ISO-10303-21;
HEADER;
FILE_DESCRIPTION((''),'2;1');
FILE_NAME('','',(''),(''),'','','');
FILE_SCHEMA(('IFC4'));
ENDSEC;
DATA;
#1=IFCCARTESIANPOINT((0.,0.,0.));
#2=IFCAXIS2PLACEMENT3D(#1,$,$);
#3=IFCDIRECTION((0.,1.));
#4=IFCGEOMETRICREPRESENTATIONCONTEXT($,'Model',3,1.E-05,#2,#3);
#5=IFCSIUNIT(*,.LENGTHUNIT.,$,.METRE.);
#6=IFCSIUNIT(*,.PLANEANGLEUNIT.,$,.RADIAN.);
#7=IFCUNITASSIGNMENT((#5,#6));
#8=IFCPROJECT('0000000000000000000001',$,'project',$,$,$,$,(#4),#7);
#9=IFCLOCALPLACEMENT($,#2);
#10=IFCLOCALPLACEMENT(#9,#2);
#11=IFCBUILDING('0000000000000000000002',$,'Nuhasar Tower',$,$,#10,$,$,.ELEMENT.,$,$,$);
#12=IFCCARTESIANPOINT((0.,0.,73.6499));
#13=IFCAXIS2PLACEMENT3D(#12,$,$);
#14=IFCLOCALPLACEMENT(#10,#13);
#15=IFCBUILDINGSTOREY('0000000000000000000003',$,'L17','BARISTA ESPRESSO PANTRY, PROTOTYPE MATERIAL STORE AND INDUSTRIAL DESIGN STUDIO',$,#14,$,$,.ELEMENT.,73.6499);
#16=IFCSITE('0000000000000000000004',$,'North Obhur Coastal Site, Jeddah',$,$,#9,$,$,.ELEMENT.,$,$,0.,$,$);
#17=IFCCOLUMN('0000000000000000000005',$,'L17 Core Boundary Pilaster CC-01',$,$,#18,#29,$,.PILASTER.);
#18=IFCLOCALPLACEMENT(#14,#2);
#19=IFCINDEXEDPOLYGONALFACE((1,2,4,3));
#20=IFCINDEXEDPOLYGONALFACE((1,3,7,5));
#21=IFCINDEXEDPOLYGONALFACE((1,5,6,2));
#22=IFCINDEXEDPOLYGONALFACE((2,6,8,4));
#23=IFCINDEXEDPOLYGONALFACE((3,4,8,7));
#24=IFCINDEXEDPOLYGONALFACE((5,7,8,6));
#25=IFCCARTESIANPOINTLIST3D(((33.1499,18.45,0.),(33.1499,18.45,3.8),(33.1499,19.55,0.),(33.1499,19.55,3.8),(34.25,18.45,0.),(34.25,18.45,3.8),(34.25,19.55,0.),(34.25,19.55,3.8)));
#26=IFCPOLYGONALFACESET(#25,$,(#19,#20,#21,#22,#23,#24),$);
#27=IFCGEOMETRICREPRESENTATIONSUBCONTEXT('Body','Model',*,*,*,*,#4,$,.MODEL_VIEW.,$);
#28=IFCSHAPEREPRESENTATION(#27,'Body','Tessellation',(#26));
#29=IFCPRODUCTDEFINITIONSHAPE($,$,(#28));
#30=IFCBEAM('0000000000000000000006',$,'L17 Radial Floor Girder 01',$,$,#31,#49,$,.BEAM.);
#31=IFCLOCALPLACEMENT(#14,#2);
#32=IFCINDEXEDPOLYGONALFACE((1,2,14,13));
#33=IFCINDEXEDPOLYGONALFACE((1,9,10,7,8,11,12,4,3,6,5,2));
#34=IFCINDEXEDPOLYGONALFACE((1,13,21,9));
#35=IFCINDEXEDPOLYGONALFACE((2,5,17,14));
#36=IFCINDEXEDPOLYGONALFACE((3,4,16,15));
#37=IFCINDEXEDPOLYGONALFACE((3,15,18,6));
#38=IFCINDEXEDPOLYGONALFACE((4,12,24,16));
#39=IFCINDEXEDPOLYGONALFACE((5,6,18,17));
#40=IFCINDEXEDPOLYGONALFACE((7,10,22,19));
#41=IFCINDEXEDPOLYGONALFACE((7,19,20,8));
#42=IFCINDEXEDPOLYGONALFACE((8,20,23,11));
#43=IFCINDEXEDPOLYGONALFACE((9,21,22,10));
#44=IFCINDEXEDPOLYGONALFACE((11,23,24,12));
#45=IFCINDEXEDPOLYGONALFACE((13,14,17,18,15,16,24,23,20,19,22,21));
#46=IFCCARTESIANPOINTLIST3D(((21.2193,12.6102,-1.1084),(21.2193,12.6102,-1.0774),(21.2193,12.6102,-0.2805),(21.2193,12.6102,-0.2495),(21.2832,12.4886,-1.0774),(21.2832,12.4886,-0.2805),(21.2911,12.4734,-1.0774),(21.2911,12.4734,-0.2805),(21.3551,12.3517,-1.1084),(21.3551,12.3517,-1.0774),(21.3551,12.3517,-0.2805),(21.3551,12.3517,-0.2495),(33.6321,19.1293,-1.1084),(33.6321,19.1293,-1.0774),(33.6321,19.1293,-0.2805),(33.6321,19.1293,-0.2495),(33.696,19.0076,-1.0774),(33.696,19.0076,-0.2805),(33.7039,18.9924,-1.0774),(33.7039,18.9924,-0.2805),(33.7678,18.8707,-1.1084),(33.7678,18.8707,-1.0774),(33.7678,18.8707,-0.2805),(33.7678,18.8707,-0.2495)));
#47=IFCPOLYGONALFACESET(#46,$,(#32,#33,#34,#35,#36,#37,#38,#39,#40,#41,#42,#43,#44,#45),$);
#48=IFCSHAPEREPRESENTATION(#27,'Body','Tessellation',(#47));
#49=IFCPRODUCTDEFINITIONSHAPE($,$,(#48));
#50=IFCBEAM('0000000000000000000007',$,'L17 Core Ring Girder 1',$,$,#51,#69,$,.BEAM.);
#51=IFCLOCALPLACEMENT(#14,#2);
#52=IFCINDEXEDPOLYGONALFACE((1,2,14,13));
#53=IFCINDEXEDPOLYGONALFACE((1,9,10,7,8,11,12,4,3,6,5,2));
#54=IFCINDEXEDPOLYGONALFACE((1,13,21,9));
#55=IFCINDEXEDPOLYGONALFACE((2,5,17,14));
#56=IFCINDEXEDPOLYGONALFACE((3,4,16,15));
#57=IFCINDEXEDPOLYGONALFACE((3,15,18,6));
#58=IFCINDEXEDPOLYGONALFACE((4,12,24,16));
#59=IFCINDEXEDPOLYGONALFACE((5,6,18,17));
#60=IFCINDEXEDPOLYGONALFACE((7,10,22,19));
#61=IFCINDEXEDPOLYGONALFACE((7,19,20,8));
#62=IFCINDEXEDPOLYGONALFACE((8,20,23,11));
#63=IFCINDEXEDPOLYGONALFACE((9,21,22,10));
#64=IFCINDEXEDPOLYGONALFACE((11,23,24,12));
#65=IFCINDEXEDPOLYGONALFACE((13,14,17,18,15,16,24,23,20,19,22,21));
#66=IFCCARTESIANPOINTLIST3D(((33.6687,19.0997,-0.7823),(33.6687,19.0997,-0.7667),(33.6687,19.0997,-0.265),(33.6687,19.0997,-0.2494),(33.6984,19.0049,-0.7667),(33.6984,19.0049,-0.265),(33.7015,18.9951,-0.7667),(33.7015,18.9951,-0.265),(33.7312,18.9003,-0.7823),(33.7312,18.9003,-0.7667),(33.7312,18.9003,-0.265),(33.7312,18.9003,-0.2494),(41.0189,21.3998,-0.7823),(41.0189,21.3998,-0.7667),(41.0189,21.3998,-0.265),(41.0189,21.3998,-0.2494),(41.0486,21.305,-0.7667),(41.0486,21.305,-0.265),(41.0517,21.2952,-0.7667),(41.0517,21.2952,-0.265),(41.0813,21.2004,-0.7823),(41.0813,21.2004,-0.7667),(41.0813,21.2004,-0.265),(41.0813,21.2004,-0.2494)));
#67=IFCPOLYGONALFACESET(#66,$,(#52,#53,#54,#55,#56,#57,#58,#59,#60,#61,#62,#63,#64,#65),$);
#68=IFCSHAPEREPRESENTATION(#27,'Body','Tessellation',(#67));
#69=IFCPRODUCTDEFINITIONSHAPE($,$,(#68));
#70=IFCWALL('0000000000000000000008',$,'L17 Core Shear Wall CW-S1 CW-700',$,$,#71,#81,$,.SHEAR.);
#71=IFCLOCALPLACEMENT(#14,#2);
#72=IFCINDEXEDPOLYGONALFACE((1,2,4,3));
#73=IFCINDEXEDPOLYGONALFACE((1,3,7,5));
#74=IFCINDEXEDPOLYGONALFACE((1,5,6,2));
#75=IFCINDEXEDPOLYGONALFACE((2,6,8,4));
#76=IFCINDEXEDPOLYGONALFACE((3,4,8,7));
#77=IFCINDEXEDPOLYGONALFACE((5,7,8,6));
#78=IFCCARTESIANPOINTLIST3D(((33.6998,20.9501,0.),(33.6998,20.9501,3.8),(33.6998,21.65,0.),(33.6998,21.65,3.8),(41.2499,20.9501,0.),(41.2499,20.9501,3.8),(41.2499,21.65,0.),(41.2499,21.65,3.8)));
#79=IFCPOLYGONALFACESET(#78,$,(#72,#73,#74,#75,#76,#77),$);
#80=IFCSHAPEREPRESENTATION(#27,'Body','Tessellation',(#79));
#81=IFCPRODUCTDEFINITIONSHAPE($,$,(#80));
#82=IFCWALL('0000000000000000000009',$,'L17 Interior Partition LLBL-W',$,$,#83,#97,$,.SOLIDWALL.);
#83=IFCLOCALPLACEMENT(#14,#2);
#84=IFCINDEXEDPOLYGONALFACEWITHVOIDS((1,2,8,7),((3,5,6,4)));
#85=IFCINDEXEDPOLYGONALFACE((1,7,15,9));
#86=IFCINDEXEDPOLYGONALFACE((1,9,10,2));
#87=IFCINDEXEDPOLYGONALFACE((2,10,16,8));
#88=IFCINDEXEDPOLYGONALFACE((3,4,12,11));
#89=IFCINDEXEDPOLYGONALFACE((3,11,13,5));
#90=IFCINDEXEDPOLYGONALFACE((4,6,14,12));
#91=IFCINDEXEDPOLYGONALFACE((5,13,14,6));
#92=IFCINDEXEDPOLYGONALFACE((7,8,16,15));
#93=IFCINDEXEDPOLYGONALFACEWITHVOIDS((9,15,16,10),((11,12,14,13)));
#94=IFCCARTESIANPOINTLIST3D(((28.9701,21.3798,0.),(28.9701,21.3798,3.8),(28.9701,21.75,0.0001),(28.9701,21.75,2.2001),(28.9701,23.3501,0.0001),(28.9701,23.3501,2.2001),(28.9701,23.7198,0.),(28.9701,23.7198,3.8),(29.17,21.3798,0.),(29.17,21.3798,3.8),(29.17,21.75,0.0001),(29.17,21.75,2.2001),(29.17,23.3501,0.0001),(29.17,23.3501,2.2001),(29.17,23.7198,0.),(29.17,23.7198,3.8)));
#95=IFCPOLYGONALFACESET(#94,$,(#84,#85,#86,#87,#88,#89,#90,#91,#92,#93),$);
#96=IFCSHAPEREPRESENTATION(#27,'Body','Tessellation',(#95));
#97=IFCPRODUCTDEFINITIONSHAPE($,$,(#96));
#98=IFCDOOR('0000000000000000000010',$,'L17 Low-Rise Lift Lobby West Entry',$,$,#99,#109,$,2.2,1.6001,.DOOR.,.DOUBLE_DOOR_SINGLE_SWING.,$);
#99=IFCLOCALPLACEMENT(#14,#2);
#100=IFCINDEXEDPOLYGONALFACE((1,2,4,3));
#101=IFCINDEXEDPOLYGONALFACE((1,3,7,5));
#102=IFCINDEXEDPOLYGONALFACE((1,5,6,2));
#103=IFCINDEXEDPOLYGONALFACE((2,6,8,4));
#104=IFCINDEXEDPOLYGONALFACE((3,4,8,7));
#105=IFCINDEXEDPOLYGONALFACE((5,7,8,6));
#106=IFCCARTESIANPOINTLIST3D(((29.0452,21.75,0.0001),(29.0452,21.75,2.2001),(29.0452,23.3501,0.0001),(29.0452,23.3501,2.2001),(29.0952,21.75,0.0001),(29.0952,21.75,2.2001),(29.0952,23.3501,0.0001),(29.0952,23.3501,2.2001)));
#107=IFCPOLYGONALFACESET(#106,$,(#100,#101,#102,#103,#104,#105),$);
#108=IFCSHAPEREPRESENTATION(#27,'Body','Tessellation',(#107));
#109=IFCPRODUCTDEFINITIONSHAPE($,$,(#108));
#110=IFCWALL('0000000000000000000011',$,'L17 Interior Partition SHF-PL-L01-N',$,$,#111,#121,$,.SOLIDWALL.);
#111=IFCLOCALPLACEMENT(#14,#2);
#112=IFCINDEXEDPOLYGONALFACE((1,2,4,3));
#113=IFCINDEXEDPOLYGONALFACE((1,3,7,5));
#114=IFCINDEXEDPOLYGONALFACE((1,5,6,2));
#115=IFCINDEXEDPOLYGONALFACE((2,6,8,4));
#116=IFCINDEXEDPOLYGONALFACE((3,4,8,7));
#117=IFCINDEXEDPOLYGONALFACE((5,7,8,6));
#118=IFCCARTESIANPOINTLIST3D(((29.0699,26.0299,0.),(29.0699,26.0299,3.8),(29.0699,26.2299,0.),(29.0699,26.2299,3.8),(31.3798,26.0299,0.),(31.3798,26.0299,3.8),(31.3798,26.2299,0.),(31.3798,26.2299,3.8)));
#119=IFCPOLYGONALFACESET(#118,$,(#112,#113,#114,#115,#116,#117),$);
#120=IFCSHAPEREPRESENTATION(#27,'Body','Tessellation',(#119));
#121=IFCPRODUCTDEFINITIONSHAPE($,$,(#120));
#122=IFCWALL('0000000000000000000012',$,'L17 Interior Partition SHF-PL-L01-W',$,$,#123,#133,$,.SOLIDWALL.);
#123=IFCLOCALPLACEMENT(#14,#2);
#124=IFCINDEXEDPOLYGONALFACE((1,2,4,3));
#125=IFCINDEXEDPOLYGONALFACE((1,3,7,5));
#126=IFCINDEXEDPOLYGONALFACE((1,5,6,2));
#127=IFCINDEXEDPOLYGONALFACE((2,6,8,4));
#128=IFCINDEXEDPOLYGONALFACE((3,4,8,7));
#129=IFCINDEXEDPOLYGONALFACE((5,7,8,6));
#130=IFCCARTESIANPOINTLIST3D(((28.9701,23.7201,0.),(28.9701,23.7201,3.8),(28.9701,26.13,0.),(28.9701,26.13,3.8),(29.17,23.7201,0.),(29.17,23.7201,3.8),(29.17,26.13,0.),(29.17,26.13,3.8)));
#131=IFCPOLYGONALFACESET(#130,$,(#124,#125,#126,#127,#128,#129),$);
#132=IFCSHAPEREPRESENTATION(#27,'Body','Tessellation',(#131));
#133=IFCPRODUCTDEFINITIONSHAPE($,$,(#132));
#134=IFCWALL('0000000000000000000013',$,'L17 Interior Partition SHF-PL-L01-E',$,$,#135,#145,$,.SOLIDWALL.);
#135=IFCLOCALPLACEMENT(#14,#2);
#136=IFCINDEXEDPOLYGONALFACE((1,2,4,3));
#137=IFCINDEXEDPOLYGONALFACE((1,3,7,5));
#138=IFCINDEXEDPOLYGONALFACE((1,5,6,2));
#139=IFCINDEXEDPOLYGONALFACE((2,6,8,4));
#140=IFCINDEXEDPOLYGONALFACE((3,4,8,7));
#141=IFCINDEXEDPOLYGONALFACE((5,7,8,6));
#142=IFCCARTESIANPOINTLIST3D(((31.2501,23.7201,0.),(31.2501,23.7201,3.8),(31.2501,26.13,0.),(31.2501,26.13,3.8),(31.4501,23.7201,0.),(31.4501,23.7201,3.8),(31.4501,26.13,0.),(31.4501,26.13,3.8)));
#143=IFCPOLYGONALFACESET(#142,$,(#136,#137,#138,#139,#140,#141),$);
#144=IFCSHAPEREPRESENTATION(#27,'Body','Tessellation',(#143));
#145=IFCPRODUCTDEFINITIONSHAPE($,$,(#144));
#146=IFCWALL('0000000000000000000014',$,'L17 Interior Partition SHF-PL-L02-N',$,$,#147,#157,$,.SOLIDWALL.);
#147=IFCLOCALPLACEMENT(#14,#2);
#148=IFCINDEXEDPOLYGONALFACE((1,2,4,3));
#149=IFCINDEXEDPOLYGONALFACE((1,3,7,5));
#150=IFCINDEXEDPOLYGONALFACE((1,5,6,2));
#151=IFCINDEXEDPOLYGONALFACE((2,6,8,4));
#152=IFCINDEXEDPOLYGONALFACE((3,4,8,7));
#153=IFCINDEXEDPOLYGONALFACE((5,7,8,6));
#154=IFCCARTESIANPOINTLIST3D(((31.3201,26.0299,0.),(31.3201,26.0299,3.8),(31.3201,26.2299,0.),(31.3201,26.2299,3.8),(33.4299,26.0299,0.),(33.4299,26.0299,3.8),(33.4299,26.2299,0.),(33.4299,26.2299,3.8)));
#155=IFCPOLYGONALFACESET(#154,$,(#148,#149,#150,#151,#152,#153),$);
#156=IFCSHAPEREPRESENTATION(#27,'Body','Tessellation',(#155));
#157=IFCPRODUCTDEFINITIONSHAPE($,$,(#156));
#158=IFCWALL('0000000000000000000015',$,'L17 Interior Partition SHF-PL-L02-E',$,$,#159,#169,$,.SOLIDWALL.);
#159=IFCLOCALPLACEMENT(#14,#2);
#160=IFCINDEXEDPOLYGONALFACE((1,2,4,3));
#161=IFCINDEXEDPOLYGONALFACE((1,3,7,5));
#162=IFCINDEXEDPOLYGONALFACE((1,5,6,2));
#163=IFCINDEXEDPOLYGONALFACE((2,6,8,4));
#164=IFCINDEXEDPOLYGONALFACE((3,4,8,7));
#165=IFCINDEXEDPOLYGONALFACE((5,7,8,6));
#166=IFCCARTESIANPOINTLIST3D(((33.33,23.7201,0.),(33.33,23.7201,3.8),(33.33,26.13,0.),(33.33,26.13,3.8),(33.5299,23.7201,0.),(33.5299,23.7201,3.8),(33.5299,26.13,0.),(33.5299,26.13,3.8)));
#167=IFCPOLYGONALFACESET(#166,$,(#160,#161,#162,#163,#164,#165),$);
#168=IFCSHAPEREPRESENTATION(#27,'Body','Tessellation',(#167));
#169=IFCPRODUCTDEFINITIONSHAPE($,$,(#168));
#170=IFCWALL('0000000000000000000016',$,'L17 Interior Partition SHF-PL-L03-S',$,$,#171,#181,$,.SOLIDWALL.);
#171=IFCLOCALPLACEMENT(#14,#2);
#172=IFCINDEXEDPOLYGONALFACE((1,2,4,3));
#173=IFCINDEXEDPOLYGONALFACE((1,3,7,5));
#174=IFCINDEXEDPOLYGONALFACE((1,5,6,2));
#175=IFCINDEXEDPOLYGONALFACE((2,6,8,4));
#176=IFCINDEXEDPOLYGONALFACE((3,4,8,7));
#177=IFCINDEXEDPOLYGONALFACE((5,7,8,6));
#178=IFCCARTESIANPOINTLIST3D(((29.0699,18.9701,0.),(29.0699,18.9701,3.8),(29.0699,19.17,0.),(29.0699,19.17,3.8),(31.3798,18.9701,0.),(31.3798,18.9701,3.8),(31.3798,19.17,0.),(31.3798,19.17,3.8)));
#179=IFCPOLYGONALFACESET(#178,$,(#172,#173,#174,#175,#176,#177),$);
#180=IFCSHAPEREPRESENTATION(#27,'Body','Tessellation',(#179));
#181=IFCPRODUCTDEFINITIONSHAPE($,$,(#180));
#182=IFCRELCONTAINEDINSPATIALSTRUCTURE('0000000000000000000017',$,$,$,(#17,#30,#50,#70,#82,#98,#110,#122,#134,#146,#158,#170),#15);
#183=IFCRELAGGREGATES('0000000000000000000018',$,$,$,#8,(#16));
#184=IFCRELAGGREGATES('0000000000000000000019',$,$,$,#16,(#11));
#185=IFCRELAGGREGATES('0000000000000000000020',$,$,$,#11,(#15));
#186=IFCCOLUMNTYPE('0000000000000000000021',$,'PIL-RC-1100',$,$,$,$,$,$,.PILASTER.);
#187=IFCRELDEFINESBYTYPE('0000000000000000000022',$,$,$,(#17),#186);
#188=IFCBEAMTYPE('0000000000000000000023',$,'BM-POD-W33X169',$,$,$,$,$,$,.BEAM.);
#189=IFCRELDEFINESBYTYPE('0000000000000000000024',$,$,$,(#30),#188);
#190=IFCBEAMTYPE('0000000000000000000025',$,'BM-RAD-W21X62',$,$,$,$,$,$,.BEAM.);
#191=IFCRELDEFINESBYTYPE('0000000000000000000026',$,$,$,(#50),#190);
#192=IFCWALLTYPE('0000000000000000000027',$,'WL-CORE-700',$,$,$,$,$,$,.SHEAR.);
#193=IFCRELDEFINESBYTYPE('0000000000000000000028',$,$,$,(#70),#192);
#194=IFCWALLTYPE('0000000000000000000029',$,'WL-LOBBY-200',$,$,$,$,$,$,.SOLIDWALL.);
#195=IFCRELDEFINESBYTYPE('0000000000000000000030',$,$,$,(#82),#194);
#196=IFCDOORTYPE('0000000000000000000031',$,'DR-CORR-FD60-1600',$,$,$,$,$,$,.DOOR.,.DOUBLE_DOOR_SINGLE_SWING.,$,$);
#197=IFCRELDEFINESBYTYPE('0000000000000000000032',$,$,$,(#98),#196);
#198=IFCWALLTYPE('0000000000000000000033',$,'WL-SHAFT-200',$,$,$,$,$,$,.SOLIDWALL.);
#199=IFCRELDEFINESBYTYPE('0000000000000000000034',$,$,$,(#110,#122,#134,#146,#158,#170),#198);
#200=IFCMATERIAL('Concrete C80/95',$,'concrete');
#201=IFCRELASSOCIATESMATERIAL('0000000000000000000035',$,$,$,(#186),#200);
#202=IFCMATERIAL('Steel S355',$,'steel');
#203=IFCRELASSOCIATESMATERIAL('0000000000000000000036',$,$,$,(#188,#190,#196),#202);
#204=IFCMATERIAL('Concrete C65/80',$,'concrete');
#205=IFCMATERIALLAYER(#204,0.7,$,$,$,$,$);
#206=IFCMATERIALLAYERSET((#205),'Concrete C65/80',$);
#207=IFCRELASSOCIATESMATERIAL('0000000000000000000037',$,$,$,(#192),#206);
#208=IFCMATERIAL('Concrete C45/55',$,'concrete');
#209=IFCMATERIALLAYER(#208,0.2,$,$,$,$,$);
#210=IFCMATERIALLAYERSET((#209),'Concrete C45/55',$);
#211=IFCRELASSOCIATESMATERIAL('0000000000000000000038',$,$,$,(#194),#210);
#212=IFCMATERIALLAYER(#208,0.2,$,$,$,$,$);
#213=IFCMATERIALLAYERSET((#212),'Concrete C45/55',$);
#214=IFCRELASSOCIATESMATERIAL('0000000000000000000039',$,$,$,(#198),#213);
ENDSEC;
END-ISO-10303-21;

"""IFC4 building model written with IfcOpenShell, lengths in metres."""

from ifc_helpers import new_model, si_unit, direction, frame, frame_2d, origin, origin_2d, place, context, subcontext, project, spatial, rectangle, i_section, extrude, material, layer, layer_set, material_profile, profile_set, type_object, element, fill, save


model = new_model("IFC4")

# Units and contexts
model_context = context("Model", 3, precision=1e-05, world=origin(), true_north=direction((0.0, 1.0)))
body_context = subcontext(model_context, "Body", "Model", "MODEL_VIEW")
ifc_project = project(units=[si_unit("LENGTHUNIT", "METRE"), si_unit("PLANEANGLEUNIT", "RADIAN")], contexts=[model_context])

# Site, building, storey
site_placement = place(None, origin())
site = spatial("IfcSite", under=ifc_project, at=site_placement, Name="North Obhur Coastal Site, Jeddah", CompositionType="ELEMENT", RefElevation=0.0)
building_placement = place(site_placement, origin())
building = spatial("IfcBuilding", under=site, at=building_placement, Name="Nuhasar Tower", CompositionType="ELEMENT")
storey_placement = place(building_placement, frame((0.0, 0.0, 73.6499)))
storey = spatial("IfcBuildingStorey", under=building, at=storey_placement, Name="L17", Description="BARISTA ESPRESSO PANTRY, PROTOTYPE MATERIAL STORE AND INDUSTRIAL DESIGN STUDIO", CompositionType="ELEMENT", Elevation=73.6499)

# Column
ifc_material_1 = material(Name="Concrete C80/95", Category="concrete")
ifc_material_profile_1 = material_profile(ifc_material_1, rectangle(XDim=1.1001, YDim=1.1001, at=origin_2d()), Name="RC1100X1100")
ifc_profile_set_1 = profile_set([ifc_material_profile_1], Name="Concrete C80/95")
column_type = type_object("IfcColumnType", Name="PIL-RC-1100", PredefinedType="PILASTER", material=ifc_profile_set_1)
column_placement = place(storey_placement, frame((33.7, 19.0, 0.0), z_axis=(0.0, 0.0, 1.0), x_axis=(1.0, 0.0, 0.0)))
element("IfcColumn", 1, at=column_placement, inside=storey, type_object=column_type, Name="L17 Core Boundary Pilaster CC-01", PredefinedType="PILASTER", context=body_context, shape_type="SweptSolid", body=[
    extrude(rectangle(XDim=1.1001, YDim=1.1001, at=origin_2d()), origin(), (0.0, 0.0, 1.0), 3.8),
])

# Beams
ifc_material_2 = material(Name="Steel S355", Category="steel")
ifc_material_profile_2 = material_profile(ifc_material_2, i_section(OverallWidth=0.292, OverallDepth=0.8589, WebThickness=0.0171, FlangeThickness=0.031, at=origin_2d()), Name="W33X169")
ifc_profile_set_2 = profile_set([ifc_material_profile_2], Name="Steel S355")
beam_type_1 = type_object("IfcBeamType", Name="BM-POD-W33X169", PredefinedType="BEAM", material=ifc_profile_set_2)
beam_1_placement = place(storey_placement, frame((33.7, 19.0, -0.679), z_axis=(-0.88533, -0.464963, 0.0), x_axis=(0.464963, -0.88533, 0.0)))
element("IfcBeam", 2, at=beam_1_placement, inside=storey, type_object=beam_type_1, Name="L17 Radial Floor Girder 01", PredefinedType="BEAM", context=body_context, shape_type="SweptSolid", body=[
    extrude(i_section(OverallWidth=0.292, OverallDepth=0.8589, WebThickness=0.0171, FlangeThickness=0.031, at=origin_2d()), origin(), (0.0, 0.0, 1.0), 14.0205),
])
ifc_material_profile_3 = material_profile(ifc_material_2, i_section(OverallWidth=0.209, OverallDepth=0.533, WebThickness=0.0103, FlangeThickness=0.0156, at=origin_2d()), Name="W21X62")
ifc_profile_set_3 = profile_set([ifc_material_profile_3], Name="Steel S355")
beam_type_2 = type_object("IfcBeamType", Name="BM-RAD-W21X62", PredefinedType="BEAM", material=ifc_profile_set_3)
beam_2_placement = place(storey_placement, frame((33.7, 19.0, -0.5159), z_axis=(0.954364, 0.298647, 0.0), x_axis=(-0.298647, 0.954364, 0.0)))
element("IfcBeam", 3, at=beam_2_placement, inside=storey, type_object=beam_type_2, Name="L17 Core Ring Girder 1", PredefinedType="BEAM", context=body_context, shape_type="SweptSolid", body=[
    extrude(i_section(OverallWidth=0.209, OverallDepth=0.533, WebThickness=0.0103, FlangeThickness=0.0156, at=origin_2d()), origin(), (0.0, 0.0, 1.0), 7.7017),
])

# Wall
ifc_material_3 = material(Name="Concrete C65/80", Category="concrete")
ifc_layer_1 = layer(ifc_material_3, 0.7)
ifc_layer_set_1 = layer_set([ifc_layer_1], Name="Concrete C65/80")
wall_type_1 = type_object("IfcWallType", Name="WL-CORE-700", PredefinedType="SHEAR", material=ifc_layer_set_1)
wall_1_placement = place(storey_placement, frame((33.7, 21.3, 0.0), z_axis=(0.0, 0.0, 1.0), x_axis=(1.0, 0.0, 0.0)))
element("IfcWall", 4, at=wall_1_placement, inside=storey, type_object=wall_type_1, Name="L17 Core Shear Wall CW-S1 CW-700", PredefinedType="SHEAR", context=body_context, shape_type="SweptSolid", body=[
    extrude(rectangle(XDim=7.55, YDim=0.7, at=frame_2d((3.7749, 0.0))), origin(), (0.0, 0.0, 1.0), 3.8),
])

# Wall, opening, door
ifc_material_4 = material(Name="Concrete C45/55", Category="concrete")
ifc_layer_2 = layer(ifc_material_4, 0.2)
ifc_layer_set_2 = layer_set([ifc_layer_2], Name="Concrete C45/55")
wall_type_2 = type_object("IfcWallType", Name="WL-LOBBY-200", PredefinedType="SOLIDWALL", material=ifc_layer_set_2)
wall_2_placement = place(storey_placement, frame((29.0701, 21.3799, 0.0), z_axis=(0.0, 0.0, 1.0), x_axis=(0.0, 1.0, 0.0)))
wall_2 = element("IfcWall", 5, at=wall_2_placement, inside=storey, type_object=wall_type_2, Name="L17 Interior Partition LLBL-W", PredefinedType="SOLIDWALL", context=body_context, shape_type="SweptSolid", body=[
    extrude(rectangle(XDim=2.3401, YDim=0.2, at=frame_2d((1.1699, 0.0))), origin(), (0.0, 0.0, 1.0), 3.8),
])
opening_1_placement = place(wall_2_placement, frame((0.3701, 0.0, 0.0)))
opening_1 = element("IfcOpeningElement", 6, at=opening_1_placement, cuts=wall_2, PredefinedType="OPENING", context=body_context, shape_type="SweptSolid", body=[
    extrude(rectangle(XDim=1.6001, YDim=2.2, at=frame_2d((0.8, 1.1001))), frame((0.0, 0.1099, 0.0), z_axis=(0.0, -1.0, 0.0), x_axis=(1.0, 0.0, 0.0)), (0.0, 0.0, 1.0), 0.22),
])
door_type_1 = type_object("IfcDoorType", Name="DR-CORR-FD60-1600", OperationType="DOUBLE_DOOR_SINGLE_SWING", PredefinedType="DOOR", material=ifc_material_2)
door_1_placement = place(opening_1_placement, origin())
door_1 = element("IfcDoor", 7, at=door_1_placement, inside=storey, type_object=door_type_1, Name="L17 Low-Rise Lift Lobby West Entry", OperationType="DOUBLE_DOOR_SINGLE_SWING", OverallHeight=2.2, OverallWidth=1.6001, PredefinedType="DOOR", context=body_context, shape_type="SweptSolid", body=[
    extrude(rectangle(XDim=1.6001, YDim=2.2, at=frame_2d((0.8, 1.1001))), frame((0.0, 0.0249, 0.0), z_axis=(0.0, -1.0, 0.0), x_axis=(1.0, 0.0, 0.0)), (0.0, 0.0, 1.0), 0.05),
])
fill(opening_1, door_1)
ifc_layer_3 = layer(ifc_material_4, 0.2)
ifc_layer_set_3 = layer_set([ifc_layer_3], Name="Concrete C45/55")
wall_type_3 = type_object("IfcWallType", Name="WL-SHAFT-200", PredefinedType="SOLIDWALL", material=ifc_layer_set_3)

# Walls
wall_3_placement = place(storey_placement, frame((29.0701, 26.1299, 0.0), z_axis=(0.0, 0.0, 1.0), x_axis=(1.0, 0.0, 0.0)))
element("IfcWall", 8, at=wall_3_placement, inside=storey, type_object=wall_type_3, Name="L17 Interior Partition SHF-PL-L01-N", PredefinedType="SOLIDWALL", context=body_context, shape_type="SweptSolid", body=[
    extrude(rectangle(XDim=2.3098, YDim=0.2, at=frame_2d((1.1548, 0.0))), origin(), (0.0, 0.0, 1.0), 3.8),
])
for number, where, z_axis, x_axis, name in (
    (9, (29.0701, 23.72, 0.0), (0.0, 0.0, 1.0), (0.0, 1.0, 0.0), "L17 Interior Partition SHF-PL-L01-W"),
    (10, (31.3501, 23.72, 0.0), (0.0, 0.0, 1.0), (0.0, 1.0, 0.0), "L17 Interior Partition SHF-PL-L01-E"),
):
    element("IfcWall", number, at=place(storey_placement, frame(where, z_axis=z_axis, x_axis=x_axis)), inside=storey, type_object=wall_type_3, Name=name, PredefinedType="SOLIDWALL", context=body_context, shape_type="SweptSolid", body=[
        extrude(rectangle(XDim=2.4099, YDim=0.2, at=frame_2d((1.2051, 0.0))), origin(), (0.0, 0.0, 1.0), 3.8),
    ])

# Walls
wall_4_placement = place(storey_placement, frame((31.3201, 26.1299, 0.0), z_axis=(0.0, 0.0, 1.0), x_axis=(1.0, 0.0, 0.0)))
element("IfcWall", 11, at=wall_4_placement, inside=storey, type_object=wall_type_3, Name="L17 Interior Partition SHF-PL-L02-N", PredefinedType="SOLIDWALL", context=body_context, shape_type="SweptSolid", body=[
    extrude(rectangle(XDim=2.1099, YDim=0.2, at=frame_2d((1.0549, 0.0))), origin(), (0.0, 0.0, 1.0), 3.8),
])
wall_5_placement = place(storey_placement, frame((33.4299, 23.72, 0.0), z_axis=(0.0, 0.0, 1.0), x_axis=(0.0, 1.0, 0.0)))
element("IfcWall", 12, at=wall_5_placement, inside=storey, type_object=wall_type_3, Name="L17 Interior Partition SHF-PL-L02-E", PredefinedType="SOLIDWALL", context=body_context, shape_type="SweptSolid", body=[
    extrude(rectangle(XDim=2.4099, YDim=0.2, at=frame_2d((1.2051, 0.0))), origin(), (0.0, 0.0, 1.0), 3.8),
])
wall_6_placement = place(storey_placement, frame((29.0701, 19.0701, 0.0), z_axis=(0.0, 0.0, 1.0), x_axis=(1.0, 0.0, 0.0)))
element("IfcWall", 13, at=wall_6_placement, inside=storey, type_object=wall_type_3, Name="L17 Interior Partition SHF-PL-L03-S", PredefinedType="SOLIDWALL", context=body_context, shape_type="SweptSolid", body=[
    extrude(rectangle(XDim=2.3098, YDim=0.2, at=frame_2d((1.1548, 0.0))), origin(), (0.0, 0.0, 1.0), 3.8),
])

save(model, "model.ifc")
